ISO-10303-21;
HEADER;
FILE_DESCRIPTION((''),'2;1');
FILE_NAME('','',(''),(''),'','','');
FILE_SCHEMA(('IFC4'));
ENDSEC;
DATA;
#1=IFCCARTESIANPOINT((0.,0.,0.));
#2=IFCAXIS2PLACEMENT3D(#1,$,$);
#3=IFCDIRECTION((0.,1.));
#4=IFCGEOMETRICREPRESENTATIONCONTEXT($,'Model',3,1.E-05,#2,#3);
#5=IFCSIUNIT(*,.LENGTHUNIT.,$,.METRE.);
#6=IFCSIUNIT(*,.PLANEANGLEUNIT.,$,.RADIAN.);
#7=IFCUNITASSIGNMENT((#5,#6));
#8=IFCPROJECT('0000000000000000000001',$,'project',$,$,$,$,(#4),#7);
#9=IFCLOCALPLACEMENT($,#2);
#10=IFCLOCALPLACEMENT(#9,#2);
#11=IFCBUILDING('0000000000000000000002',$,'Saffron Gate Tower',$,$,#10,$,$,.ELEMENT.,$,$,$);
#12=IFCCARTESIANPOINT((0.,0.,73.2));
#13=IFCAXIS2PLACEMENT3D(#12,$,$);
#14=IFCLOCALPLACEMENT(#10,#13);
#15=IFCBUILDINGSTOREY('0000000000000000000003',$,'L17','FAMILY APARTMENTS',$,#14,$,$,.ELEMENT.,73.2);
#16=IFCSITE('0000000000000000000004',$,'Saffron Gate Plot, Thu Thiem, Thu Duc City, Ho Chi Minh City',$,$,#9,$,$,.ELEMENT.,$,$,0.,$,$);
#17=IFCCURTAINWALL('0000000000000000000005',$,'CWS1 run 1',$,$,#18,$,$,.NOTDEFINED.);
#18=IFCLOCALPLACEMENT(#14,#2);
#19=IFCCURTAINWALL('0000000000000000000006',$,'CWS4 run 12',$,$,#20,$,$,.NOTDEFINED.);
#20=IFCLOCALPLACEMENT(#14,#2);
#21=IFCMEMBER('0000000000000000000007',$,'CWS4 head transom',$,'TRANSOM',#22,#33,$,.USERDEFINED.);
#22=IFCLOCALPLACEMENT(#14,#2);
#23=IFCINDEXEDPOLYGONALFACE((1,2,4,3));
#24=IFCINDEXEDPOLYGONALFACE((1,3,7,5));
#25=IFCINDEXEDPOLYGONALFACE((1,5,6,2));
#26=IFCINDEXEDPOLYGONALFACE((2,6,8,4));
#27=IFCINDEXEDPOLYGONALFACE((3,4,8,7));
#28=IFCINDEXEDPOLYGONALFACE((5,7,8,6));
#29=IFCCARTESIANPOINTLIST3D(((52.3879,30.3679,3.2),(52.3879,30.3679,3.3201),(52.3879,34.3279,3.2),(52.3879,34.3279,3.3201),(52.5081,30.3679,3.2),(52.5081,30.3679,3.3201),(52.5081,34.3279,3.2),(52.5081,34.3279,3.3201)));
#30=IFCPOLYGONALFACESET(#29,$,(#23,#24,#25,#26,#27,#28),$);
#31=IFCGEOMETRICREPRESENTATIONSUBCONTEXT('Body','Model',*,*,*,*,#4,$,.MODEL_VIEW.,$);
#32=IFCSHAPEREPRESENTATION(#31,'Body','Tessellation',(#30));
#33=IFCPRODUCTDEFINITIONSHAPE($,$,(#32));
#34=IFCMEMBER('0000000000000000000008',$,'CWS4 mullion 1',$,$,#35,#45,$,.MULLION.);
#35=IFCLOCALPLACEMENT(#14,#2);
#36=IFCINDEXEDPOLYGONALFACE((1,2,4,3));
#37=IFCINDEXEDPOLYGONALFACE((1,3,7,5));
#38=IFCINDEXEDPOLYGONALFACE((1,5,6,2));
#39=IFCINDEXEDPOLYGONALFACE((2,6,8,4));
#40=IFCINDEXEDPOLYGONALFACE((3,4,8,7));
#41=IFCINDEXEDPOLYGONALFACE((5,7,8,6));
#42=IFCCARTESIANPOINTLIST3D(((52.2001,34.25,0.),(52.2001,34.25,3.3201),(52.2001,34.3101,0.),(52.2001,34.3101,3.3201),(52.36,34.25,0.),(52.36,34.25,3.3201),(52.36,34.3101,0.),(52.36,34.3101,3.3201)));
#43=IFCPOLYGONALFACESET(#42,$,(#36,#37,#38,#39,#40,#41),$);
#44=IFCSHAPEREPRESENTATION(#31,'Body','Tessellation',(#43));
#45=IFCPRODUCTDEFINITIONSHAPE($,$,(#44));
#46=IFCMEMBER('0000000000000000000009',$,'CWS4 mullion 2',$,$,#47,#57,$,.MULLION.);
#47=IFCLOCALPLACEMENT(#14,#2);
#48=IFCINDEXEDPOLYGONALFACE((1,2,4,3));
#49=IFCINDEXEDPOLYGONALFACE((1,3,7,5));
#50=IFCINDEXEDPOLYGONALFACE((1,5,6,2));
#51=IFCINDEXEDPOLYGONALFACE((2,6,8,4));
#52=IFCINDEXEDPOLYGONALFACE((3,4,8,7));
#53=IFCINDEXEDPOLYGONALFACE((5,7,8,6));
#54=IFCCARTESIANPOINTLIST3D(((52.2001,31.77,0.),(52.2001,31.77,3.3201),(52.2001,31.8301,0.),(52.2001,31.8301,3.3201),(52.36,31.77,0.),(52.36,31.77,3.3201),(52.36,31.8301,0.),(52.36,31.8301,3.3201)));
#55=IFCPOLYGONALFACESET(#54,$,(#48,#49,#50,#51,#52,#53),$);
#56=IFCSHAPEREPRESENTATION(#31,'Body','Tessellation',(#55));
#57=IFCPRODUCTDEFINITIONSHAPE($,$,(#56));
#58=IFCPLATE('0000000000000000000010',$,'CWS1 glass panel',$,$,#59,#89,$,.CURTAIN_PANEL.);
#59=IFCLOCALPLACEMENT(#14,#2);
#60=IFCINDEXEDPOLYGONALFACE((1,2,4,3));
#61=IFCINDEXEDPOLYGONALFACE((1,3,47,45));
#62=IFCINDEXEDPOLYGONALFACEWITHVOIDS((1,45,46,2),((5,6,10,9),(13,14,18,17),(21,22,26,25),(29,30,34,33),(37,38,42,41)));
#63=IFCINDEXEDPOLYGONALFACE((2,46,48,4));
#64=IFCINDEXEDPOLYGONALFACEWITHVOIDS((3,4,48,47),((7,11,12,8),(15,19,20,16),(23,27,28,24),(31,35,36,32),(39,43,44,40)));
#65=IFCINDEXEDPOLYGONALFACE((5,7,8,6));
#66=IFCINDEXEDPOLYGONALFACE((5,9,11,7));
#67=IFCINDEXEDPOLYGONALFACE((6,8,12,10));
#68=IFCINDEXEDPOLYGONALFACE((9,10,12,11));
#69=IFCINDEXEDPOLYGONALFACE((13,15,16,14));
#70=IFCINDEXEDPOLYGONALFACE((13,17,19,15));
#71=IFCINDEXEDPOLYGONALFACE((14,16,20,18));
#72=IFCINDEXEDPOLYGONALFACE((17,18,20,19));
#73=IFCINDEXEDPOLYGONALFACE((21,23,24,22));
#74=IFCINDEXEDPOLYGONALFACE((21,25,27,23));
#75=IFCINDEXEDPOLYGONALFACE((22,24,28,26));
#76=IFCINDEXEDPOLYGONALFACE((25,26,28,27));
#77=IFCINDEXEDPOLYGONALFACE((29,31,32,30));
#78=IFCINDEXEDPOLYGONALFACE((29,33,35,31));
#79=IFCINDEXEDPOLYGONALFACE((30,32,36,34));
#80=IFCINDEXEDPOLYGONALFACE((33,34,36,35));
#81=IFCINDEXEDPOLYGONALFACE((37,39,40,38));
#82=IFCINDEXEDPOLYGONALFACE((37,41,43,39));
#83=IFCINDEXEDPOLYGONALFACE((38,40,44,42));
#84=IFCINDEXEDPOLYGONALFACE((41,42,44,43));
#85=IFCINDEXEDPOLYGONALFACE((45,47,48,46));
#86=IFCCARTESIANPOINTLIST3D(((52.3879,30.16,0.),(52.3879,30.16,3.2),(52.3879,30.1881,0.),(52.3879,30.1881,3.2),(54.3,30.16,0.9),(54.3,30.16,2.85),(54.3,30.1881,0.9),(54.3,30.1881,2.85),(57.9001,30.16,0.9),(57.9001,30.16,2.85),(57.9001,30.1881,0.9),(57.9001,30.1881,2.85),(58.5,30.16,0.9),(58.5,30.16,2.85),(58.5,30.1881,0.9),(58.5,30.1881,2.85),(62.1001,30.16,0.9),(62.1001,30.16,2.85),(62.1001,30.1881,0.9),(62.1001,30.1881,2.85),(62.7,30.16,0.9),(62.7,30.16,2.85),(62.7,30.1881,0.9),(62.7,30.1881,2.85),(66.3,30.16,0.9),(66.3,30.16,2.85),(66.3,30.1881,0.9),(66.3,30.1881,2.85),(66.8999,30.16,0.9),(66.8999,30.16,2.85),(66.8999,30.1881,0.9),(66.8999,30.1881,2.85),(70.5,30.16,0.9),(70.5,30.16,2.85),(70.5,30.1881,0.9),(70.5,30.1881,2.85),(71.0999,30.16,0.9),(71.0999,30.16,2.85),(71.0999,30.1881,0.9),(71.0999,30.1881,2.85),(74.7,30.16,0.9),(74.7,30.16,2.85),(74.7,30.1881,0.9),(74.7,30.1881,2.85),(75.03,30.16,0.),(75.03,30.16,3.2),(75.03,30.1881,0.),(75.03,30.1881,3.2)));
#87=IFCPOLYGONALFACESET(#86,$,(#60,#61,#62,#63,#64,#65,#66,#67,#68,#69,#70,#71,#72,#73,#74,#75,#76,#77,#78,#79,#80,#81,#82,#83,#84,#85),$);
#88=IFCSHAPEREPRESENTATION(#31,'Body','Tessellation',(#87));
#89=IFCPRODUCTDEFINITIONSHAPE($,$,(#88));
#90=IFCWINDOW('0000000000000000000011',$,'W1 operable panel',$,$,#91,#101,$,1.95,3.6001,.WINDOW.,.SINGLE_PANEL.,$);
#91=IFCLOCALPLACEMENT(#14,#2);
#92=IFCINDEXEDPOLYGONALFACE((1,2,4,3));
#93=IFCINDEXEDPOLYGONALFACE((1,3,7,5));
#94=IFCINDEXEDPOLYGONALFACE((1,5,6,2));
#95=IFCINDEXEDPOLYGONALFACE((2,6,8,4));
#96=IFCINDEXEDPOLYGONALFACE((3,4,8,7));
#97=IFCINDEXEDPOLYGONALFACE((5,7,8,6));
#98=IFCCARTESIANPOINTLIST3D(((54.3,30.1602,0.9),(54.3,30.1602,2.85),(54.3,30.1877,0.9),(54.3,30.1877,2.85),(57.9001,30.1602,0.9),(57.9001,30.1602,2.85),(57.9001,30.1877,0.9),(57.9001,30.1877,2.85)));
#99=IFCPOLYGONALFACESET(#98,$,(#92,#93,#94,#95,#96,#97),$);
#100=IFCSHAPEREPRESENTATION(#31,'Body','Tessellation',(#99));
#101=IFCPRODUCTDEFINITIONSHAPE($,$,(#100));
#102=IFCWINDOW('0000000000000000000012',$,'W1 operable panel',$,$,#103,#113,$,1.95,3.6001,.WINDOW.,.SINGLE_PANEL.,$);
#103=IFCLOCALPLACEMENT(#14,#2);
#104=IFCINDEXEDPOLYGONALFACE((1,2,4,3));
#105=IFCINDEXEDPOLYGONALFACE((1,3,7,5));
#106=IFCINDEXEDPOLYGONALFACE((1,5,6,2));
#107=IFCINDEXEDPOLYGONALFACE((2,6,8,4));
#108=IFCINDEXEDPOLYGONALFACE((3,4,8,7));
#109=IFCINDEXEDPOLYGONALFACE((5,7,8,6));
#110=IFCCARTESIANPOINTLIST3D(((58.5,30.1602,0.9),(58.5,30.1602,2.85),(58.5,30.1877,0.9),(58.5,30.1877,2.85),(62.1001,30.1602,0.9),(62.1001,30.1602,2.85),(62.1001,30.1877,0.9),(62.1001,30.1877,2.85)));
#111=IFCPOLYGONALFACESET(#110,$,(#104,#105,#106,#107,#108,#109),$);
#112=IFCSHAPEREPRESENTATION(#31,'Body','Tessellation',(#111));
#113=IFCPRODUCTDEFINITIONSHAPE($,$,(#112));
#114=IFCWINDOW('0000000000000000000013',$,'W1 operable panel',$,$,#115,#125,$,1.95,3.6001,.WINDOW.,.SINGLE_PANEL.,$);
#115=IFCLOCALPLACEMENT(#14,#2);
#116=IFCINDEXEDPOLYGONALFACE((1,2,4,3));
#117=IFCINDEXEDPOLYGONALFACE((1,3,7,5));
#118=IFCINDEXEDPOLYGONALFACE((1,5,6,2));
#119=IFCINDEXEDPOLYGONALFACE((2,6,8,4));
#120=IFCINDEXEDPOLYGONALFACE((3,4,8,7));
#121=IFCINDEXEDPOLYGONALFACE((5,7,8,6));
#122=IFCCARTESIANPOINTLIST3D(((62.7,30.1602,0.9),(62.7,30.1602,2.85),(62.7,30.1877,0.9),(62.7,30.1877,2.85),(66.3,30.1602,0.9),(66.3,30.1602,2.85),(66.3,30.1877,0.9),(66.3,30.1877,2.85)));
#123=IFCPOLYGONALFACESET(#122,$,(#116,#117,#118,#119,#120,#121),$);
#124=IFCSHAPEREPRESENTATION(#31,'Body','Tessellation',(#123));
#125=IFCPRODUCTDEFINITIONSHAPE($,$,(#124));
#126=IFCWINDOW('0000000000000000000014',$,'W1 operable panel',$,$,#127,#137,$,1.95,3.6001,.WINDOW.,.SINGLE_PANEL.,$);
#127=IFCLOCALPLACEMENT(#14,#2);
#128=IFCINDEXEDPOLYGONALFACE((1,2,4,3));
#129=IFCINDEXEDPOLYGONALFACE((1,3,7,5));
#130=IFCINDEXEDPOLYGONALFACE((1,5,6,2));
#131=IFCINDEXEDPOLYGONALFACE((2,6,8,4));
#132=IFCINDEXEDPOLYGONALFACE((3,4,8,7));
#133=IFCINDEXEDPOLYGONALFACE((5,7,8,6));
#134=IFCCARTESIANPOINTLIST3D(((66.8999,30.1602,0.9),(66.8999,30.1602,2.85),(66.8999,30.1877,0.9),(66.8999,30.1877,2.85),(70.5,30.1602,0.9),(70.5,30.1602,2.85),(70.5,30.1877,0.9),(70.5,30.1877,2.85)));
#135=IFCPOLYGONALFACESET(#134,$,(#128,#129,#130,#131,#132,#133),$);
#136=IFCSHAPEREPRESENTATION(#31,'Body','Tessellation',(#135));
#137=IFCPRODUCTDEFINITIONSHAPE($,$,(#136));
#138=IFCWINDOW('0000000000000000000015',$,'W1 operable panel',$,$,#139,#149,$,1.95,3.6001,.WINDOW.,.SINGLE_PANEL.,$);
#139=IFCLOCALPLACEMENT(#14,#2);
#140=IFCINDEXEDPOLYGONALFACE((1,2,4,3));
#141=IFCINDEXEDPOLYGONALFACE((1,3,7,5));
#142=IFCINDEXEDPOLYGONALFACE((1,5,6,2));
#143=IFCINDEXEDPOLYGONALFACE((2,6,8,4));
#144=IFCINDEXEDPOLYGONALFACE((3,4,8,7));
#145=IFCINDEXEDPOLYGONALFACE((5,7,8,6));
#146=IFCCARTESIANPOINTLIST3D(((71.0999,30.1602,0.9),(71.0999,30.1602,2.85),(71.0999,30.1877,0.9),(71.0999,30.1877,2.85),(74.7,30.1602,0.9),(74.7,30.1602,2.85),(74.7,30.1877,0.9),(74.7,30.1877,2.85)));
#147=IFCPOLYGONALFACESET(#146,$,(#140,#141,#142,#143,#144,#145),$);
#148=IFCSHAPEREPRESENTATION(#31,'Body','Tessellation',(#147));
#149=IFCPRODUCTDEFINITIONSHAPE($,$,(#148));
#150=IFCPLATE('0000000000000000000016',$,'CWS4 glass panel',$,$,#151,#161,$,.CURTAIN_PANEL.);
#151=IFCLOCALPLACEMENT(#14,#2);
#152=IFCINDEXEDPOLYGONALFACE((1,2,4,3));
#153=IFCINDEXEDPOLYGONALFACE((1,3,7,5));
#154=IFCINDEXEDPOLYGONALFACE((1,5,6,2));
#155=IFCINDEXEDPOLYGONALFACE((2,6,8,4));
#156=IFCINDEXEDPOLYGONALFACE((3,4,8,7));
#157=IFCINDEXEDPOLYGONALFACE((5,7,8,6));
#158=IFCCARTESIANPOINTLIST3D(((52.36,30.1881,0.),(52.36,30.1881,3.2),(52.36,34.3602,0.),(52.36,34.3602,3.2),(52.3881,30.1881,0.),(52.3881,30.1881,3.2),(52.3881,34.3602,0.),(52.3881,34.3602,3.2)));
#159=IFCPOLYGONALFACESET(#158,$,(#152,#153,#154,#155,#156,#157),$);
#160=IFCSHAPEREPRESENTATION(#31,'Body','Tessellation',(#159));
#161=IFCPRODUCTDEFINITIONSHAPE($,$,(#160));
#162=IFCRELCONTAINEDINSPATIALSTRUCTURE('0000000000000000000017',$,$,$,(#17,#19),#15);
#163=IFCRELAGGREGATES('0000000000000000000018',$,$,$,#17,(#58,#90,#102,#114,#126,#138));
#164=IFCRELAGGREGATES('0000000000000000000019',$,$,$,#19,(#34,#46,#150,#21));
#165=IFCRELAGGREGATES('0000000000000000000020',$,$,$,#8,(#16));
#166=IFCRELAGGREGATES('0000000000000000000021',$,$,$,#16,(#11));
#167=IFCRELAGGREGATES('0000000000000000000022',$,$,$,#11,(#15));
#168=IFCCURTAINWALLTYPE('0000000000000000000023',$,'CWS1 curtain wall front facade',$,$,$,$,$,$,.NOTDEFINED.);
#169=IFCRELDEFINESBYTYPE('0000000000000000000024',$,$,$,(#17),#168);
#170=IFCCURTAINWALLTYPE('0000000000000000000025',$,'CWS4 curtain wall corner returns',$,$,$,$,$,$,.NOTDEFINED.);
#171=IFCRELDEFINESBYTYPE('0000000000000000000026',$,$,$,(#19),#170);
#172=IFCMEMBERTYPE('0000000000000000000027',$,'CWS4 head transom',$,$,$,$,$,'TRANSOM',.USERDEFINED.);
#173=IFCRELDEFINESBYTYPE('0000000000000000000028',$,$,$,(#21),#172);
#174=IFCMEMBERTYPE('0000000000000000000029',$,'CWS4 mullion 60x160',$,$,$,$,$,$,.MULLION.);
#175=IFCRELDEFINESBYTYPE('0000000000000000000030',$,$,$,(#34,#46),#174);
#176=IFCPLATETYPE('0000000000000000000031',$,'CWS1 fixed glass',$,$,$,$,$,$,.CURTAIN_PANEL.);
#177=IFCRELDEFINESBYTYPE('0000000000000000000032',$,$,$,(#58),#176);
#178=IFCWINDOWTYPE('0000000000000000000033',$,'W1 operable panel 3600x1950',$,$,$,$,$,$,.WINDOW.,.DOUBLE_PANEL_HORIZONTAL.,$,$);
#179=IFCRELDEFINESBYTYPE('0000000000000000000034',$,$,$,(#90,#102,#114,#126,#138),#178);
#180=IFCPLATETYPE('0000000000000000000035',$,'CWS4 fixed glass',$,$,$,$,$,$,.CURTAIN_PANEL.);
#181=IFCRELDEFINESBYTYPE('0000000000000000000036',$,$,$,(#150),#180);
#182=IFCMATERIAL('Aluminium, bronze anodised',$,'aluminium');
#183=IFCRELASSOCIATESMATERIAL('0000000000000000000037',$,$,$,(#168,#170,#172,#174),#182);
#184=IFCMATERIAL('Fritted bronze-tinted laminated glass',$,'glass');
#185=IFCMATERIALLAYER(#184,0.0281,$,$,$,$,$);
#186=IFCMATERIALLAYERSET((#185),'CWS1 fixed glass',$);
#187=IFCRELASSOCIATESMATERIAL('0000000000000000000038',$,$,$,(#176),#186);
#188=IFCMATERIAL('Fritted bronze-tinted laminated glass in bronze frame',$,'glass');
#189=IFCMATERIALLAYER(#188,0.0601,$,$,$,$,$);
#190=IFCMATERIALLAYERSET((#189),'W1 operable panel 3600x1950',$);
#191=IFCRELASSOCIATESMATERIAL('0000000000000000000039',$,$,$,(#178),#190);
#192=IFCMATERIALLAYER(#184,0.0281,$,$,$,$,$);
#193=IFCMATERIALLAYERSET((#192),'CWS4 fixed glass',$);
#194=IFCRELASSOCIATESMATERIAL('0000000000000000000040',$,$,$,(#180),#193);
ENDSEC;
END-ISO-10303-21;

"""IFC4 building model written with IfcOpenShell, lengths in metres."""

from ifc_helpers import new_model, si_unit, direction, frame, frame_2d, origin, origin_2d, place, context, subcontext, project, spatial, rectangle, extrude, material, layer, layer_set, material_profile, profile_set, type_object, element, fill, aggregate, save


model = new_model("IFC4")

# Units and contexts
model_context = context("Model", 3, precision=1e-05, world=origin(), true_north=direction((0.0, 1.0)))
body_context = subcontext(model_context, "Body", "Model", "MODEL_VIEW")
ifc_project = project(units=[si_unit("LENGTHUNIT", "METRE"), si_unit("PLANEANGLEUNIT", "RADIAN")], contexts=[model_context])

# Site, building, storey
site_placement = place(None, origin())
site = spatial("IfcSite", under=ifc_project, at=site_placement, Name="Saffron Gate Plot, Thu Thiem, Thu Duc City, Ho Chi Minh City", CompositionType="ELEMENT", RefElevation=0.0)
building_placement = place(site_placement, origin())
building = spatial("IfcBuilding", under=site, at=building_placement, Name="Saffron Gate Tower", CompositionType="ELEMENT")
storey_placement = place(building_placement, frame((0.0, 0.0, 73.2)))
storey = spatial("IfcBuildingStorey", under=building, at=storey_placement, Name="L17", Description="FAMILY APARTMENTS", CompositionType="ELEMENT", Elevation=73.2)

# Curtain walls, members
ifc_material_1 = material(Name="Aluminium, bronze anodised", Category="aluminium")
curtain_wall_type_1 = type_object("IfcCurtainWallType", Name="CWS1 curtain wall front facade", PredefinedType="NOTDEFINED", material=ifc_material_1)
curtain_wall_1_placement = place(storey_placement, origin())
curtain_wall_1 = element("IfcCurtainWall", 1, at=curtain_wall_1_placement, inside=storey, type_object=curtain_wall_type_1, Name="CWS1 run 1", PredefinedType="NOTDEFINED")
curtain_wall_type_2 = type_object("IfcCurtainWallType", Name="CWS4 curtain wall corner returns", PredefinedType="NOTDEFINED", material=ifc_material_1)
curtain_wall_2_placement = place(storey_placement, origin())
curtain_wall_2 = element("IfcCurtainWall", 2, at=curtain_wall_2_placement, inside=storey, type_object=curtain_wall_type_2, Name="CWS4 run 12", PredefinedType="NOTDEFINED")
ifc_material_profile_1 = material_profile(ifc_material_1, rectangle(XDim=0.1201, YDim=0.1201, at=origin_2d()))
ifc_profile_set_1 = profile_set([ifc_material_profile_1], Name="Aluminium, bronze anodised")
member_type_1 = type_object("IfcMemberType", Name="CWS4 head transom", ElementType="TRANSOM", PredefinedType="USERDEFINED", material=ifc_profile_set_1)
member_1_placement = place(storey_placement, frame((52.448, 34.3279, 3.26), z_axis=(0.0, -1.0, 0.0), x_axis=(1.0, 0.0, 0.0)))
member_1 = element("IfcMember", 3, at=member_1_placement, type_object=member_type_1, Name="CWS4 head transom", ObjectType="TRANSOM", PredefinedType="USERDEFINED", context=body_context, shape_type="SweptSolid", body=[
    extrude(rectangle(XDim=0.1201, YDim=0.1201, at=origin_2d()), origin(), (0.0, 0.0, 1.0), 3.96),
])
ifc_material_profile_2 = material_profile(ifc_material_1, rectangle(XDim=0.1599, YDim=0.0601, at=origin_2d()))
ifc_profile_set_2 = profile_set([ifc_material_profile_2], Name="Aluminium, bronze anodised")
member_type_2 = type_object("IfcMemberType", Name="CWS4 mullion 60x160", PredefinedType="MULLION", material=ifc_profile_set_2)
member_2_placement = place(storey_placement, frame((52.28, 34.28, 0.0), z_axis=(0.0, 0.0, 1.0), x_axis=(1.0, 0.0, 0.0)))
member_2 = element("IfcMember", 4, at=member_2_placement, type_object=member_type_2, Name="CWS4 mullion 1", PredefinedType="MULLION", context=body_context, shape_type="SweptSolid", body=[
    extrude(rectangle(XDim=0.1599, YDim=0.0601, at=origin_2d()), origin(), (0.0, 0.0, 1.0), 3.3201),
])
member_3_placement = place(storey_placement, frame((52.28, 31.8, 0.0), z_axis=(0.0, 0.0, 1.0), x_axis=(1.0, 0.0, 0.0)))
member_3 = element("IfcMember", 5, at=member_3_placement, type_object=member_type_2, Name="CWS4 mullion 2", PredefinedType="MULLION", context=body_context, shape_type="SweptSolid", body=[
    extrude(rectangle(XDim=0.1599, YDim=0.0601, at=origin_2d()), origin(), (0.0, 0.0, 1.0), 3.3201),
])

# Plate, openings, windows
ifc_material_2 = material(Name="Fritted bronze-tinted laminated glass", Category="glass")
ifc_layer_1 = layer(ifc_material_2, 0.0281)
ifc_layer_set_1 = layer_set([ifc_layer_1], Name="CWS1 fixed glass")
plate_type_1 = type_object("IfcPlateType", Name="CWS1 fixed glass", PredefinedType="CURTAIN_PANEL", material=ifc_layer_set_1)
plate_1_placement = place(storey_placement, frame((52.3879, 30.1741, 0.0), z_axis=(0.0, 0.0, 1.0), x_axis=(1.0, 0.0, 0.0)))
plate_1 = element("IfcPlate", 6, at=plate_1_placement, type_object=plate_type_1, Name="CWS1 glass panel", PredefinedType="CURTAIN_PANEL", context=body_context, shape_type="SweptSolid", body=[
    extrude(rectangle(XDim=22.6421, YDim=0.0281, at=frame_2d((11.321, 0.0))), origin(), (0.0, 0.0, 1.0), 3.2),
])
opening_1_placement = place(plate_1_placement, frame((1.9121, 0.0, 0.8999)))
opening_1 = element("IfcOpeningElement", 7, at=opening_1_placement, cuts=plate_1, PredefinedType="OPENING", context=body_context, shape_type="SweptSolid", body=[
    extrude(rectangle(XDim=3.6001, YDim=1.95, at=frame_2d((1.8, 0.9751))), frame((0.0, 0.0239, 0.0), z_axis=(0.0, -1.0, 0.0), x_axis=(1.0, 0.0, 0.0)), (0.0, 0.0, 1.0), 0.0481),
])
opening_2_placement = place(plate_1_placement, frame((6.1121, 0.0, 0.8999)))
opening_2 = element("IfcOpeningElement", 8, at=opening_2_placement, cuts=plate_1, PredefinedType="OPENING", context=body_context, shape_type="SweptSolid", body=[
    extrude(rectangle(XDim=3.6001, YDim=1.95, at=frame_2d((1.8, 0.9751))), frame((0.0, 0.0239, 0.0), z_axis=(0.0, -1.0, 0.0), x_axis=(1.0, 0.0, 0.0)), (0.0, 0.0, 1.0), 0.0481),
])
opening_3_placement = place(plate_1_placement, frame((10.312, 0.0, 0.8999)))
opening_3 = element("IfcOpeningElement", 9, at=opening_3_placement, cuts=plate_1, PredefinedType="OPENING", context=body_context, shape_type="SweptSolid", body=[
    extrude(rectangle(XDim=3.6001, YDim=1.95, at=frame_2d((1.8, 0.9751))), frame((0.0, 0.0239, 0.0), z_axis=(0.0, -1.0, 0.0), x_axis=(1.0, 0.0, 0.0)), (0.0, 0.0, 1.0), 0.0481),
])
opening_4_placement = place(plate_1_placement, frame((14.512, 0.0, 0.8999)))
opening_4 = element("IfcOpeningElement", 10, at=opening_4_placement, cuts=plate_1, PredefinedType="OPENING", context=body_context, shape_type="SweptSolid", body=[
    extrude(rectangle(XDim=3.6001, YDim=1.95, at=frame_2d((1.8, 0.9751))), frame((0.0, 0.0239, 0.0), z_axis=(0.0, -1.0, 0.0), x_axis=(1.0, 0.0, 0.0)), (0.0, 0.0, 1.0), 0.0481),
])
opening_5_placement = place(plate_1_placement, frame((18.7119, 0.0, 0.8999)))
opening_5 = element("IfcOpeningElement", 11, at=opening_5_placement, cuts=plate_1, PredefinedType="OPENING", context=body_context, shape_type="SweptSolid", body=[
    extrude(rectangle(XDim=3.6001, YDim=1.95, at=frame_2d((1.8, 0.9751))), frame((0.0, 0.0239, 0.0), z_axis=(0.0, -1.0, 0.0), x_axis=(1.0, 0.0, 0.0)), (0.0, 0.0, 1.0), 0.0481),
])
ifc_material_3 = material(Name="Fritted bronze-tinted laminated glass in bronze frame", Category="glass")
ifc_layer_2 = layer(ifc_material_3, 0.0601)
ifc_layer_set_2 = layer_set([ifc_layer_2], Name="W1 operable panel 3600x1950")
window_type = type_object("IfcWindowType", Name="W1 operable panel 3600x1950", PartitioningType="DOUBLE_PANEL_HORIZONTAL", PredefinedType="WINDOW", material=ifc_layer_set_2)
window_1_placement = place(opening_1_placement, origin())
window_1 = element("IfcWindow", 12, at=window_1_placement, type_object=window_type, Name="W1 operable panel", OverallHeight=1.95, OverallWidth=3.6001, PartitioningType="SINGLE_PANEL", PredefinedType="WINDOW", context=body_context, shape_type="SweptSolid", body=[
    extrude(rectangle(XDim=3.6001, YDim=1.95, at=frame_2d((1.8, 0.9751))), frame((0.0, 0.0137, 0.0), z_axis=(0.0, -1.0, 0.0), x_axis=(1.0, 0.0, 0.0)), (0.0, 0.0, 1.0), 0.0276),
])
fill(opening_1, window_1)
window_2_placement = place(opening_2_placement, origin())
window_2 = element("IfcWindow", 13, at=window_2_placement, type_object=window_type, Name="W1 operable panel", OverallHeight=1.95, OverallWidth=3.6001, PartitioningType="SINGLE_PANEL", PredefinedType="WINDOW", context=body_context, shape_type="SweptSolid", body=[
    extrude(rectangle(XDim=3.6001, YDim=1.95, at=frame_2d((1.8, 0.9751))), frame((0.0, 0.0137, 0.0), z_axis=(0.0, -1.0, 0.0), x_axis=(1.0, 0.0, 0.0)), (0.0, 0.0, 1.0), 0.0276),
])
fill(opening_2, window_2)
window_3_placement = place(opening_3_placement, origin())
window_3 = element("IfcWindow", 14, at=window_3_placement, type_object=window_type, Name="W1 operable panel", OverallHeight=1.95, OverallWidth=3.6001, PartitioningType="SINGLE_PANEL", PredefinedType="WINDOW", context=body_context, shape_type="SweptSolid", body=[
    extrude(rectangle(XDim=3.6001, YDim=1.95, at=frame_2d((1.8, 0.9751))), frame((0.0, 0.0137, 0.0), z_axis=(0.0, -1.0, 0.0), x_axis=(1.0, 0.0, 0.0)), (0.0, 0.0, 1.0), 0.0276),
])
fill(opening_3, window_3)
window_4_placement = place(opening_4_placement, origin())
window_4 = element("IfcWindow", 15, at=window_4_placement, type_object=window_type, Name="W1 operable panel", OverallHeight=1.95, OverallWidth=3.6001, PartitioningType="SINGLE_PANEL", PredefinedType="WINDOW", context=body_context, shape_type="SweptSolid", body=[
    extrude(rectangle(XDim=3.6001, YDim=1.95, at=frame_2d((1.8, 0.9751))), frame((0.0, 0.0137, 0.0), z_axis=(0.0, -1.0, 0.0), x_axis=(1.0, 0.0, 0.0)), (0.0, 0.0, 1.0), 0.0276),
])
fill(opening_4, window_4)
window_5_placement = place(opening_5_placement, origin())
window_5 = element("IfcWindow", 16, at=window_5_placement, type_object=window_type, Name="W1 operable panel", OverallHeight=1.95, OverallWidth=3.6001, PartitioningType="SINGLE_PANEL", PredefinedType="WINDOW", context=body_context, shape_type="SweptSolid", body=[
    extrude(rectangle(XDim=3.6001, YDim=1.95, at=frame_2d((1.8, 0.9751))), frame((0.0, 0.0137, 0.0), z_axis=(0.0, -1.0, 0.0), x_axis=(1.0, 0.0, 0.0)), (0.0, 0.0, 1.0), 0.0276),
])
fill(opening_5, window_5)
aggregate(curtain_wall_1, [plate_1, window_1, window_2, window_3, window_4, window_5])

# Plate
ifc_layer_3 = layer(ifc_material_2, 0.0281)
ifc_layer_set_3 = layer_set([ifc_layer_3], Name="CWS4 fixed glass")
plate_type_2 = type_object("IfcPlateType", Name="CWS4 fixed glass", PredefinedType="CURTAIN_PANEL", material=ifc_layer_set_3)
plate_2_placement = place(storey_placement, frame((52.374, 34.3601, 0.0), z_axis=(0.0, 0.0, 1.0), x_axis=(0.0, -1.0, 0.0)))
plate_2 = element("IfcPlate", 17, at=plate_2_placement, type_object=plate_type_2, Name="CWS4 glass panel", PredefinedType="CURTAIN_PANEL", context=body_context, shape_type="SweptSolid", body=[
    extrude(rectangle(XDim=4.1721, YDim=0.0281, at=frame_2d((2.0859, 0.0))), origin(), (0.0, 0.0, 1.0), 3.2),
])
aggregate(curtain_wall_2, [member_2, member_3, plate_2, member_1])

save(model, "model.ifc")
